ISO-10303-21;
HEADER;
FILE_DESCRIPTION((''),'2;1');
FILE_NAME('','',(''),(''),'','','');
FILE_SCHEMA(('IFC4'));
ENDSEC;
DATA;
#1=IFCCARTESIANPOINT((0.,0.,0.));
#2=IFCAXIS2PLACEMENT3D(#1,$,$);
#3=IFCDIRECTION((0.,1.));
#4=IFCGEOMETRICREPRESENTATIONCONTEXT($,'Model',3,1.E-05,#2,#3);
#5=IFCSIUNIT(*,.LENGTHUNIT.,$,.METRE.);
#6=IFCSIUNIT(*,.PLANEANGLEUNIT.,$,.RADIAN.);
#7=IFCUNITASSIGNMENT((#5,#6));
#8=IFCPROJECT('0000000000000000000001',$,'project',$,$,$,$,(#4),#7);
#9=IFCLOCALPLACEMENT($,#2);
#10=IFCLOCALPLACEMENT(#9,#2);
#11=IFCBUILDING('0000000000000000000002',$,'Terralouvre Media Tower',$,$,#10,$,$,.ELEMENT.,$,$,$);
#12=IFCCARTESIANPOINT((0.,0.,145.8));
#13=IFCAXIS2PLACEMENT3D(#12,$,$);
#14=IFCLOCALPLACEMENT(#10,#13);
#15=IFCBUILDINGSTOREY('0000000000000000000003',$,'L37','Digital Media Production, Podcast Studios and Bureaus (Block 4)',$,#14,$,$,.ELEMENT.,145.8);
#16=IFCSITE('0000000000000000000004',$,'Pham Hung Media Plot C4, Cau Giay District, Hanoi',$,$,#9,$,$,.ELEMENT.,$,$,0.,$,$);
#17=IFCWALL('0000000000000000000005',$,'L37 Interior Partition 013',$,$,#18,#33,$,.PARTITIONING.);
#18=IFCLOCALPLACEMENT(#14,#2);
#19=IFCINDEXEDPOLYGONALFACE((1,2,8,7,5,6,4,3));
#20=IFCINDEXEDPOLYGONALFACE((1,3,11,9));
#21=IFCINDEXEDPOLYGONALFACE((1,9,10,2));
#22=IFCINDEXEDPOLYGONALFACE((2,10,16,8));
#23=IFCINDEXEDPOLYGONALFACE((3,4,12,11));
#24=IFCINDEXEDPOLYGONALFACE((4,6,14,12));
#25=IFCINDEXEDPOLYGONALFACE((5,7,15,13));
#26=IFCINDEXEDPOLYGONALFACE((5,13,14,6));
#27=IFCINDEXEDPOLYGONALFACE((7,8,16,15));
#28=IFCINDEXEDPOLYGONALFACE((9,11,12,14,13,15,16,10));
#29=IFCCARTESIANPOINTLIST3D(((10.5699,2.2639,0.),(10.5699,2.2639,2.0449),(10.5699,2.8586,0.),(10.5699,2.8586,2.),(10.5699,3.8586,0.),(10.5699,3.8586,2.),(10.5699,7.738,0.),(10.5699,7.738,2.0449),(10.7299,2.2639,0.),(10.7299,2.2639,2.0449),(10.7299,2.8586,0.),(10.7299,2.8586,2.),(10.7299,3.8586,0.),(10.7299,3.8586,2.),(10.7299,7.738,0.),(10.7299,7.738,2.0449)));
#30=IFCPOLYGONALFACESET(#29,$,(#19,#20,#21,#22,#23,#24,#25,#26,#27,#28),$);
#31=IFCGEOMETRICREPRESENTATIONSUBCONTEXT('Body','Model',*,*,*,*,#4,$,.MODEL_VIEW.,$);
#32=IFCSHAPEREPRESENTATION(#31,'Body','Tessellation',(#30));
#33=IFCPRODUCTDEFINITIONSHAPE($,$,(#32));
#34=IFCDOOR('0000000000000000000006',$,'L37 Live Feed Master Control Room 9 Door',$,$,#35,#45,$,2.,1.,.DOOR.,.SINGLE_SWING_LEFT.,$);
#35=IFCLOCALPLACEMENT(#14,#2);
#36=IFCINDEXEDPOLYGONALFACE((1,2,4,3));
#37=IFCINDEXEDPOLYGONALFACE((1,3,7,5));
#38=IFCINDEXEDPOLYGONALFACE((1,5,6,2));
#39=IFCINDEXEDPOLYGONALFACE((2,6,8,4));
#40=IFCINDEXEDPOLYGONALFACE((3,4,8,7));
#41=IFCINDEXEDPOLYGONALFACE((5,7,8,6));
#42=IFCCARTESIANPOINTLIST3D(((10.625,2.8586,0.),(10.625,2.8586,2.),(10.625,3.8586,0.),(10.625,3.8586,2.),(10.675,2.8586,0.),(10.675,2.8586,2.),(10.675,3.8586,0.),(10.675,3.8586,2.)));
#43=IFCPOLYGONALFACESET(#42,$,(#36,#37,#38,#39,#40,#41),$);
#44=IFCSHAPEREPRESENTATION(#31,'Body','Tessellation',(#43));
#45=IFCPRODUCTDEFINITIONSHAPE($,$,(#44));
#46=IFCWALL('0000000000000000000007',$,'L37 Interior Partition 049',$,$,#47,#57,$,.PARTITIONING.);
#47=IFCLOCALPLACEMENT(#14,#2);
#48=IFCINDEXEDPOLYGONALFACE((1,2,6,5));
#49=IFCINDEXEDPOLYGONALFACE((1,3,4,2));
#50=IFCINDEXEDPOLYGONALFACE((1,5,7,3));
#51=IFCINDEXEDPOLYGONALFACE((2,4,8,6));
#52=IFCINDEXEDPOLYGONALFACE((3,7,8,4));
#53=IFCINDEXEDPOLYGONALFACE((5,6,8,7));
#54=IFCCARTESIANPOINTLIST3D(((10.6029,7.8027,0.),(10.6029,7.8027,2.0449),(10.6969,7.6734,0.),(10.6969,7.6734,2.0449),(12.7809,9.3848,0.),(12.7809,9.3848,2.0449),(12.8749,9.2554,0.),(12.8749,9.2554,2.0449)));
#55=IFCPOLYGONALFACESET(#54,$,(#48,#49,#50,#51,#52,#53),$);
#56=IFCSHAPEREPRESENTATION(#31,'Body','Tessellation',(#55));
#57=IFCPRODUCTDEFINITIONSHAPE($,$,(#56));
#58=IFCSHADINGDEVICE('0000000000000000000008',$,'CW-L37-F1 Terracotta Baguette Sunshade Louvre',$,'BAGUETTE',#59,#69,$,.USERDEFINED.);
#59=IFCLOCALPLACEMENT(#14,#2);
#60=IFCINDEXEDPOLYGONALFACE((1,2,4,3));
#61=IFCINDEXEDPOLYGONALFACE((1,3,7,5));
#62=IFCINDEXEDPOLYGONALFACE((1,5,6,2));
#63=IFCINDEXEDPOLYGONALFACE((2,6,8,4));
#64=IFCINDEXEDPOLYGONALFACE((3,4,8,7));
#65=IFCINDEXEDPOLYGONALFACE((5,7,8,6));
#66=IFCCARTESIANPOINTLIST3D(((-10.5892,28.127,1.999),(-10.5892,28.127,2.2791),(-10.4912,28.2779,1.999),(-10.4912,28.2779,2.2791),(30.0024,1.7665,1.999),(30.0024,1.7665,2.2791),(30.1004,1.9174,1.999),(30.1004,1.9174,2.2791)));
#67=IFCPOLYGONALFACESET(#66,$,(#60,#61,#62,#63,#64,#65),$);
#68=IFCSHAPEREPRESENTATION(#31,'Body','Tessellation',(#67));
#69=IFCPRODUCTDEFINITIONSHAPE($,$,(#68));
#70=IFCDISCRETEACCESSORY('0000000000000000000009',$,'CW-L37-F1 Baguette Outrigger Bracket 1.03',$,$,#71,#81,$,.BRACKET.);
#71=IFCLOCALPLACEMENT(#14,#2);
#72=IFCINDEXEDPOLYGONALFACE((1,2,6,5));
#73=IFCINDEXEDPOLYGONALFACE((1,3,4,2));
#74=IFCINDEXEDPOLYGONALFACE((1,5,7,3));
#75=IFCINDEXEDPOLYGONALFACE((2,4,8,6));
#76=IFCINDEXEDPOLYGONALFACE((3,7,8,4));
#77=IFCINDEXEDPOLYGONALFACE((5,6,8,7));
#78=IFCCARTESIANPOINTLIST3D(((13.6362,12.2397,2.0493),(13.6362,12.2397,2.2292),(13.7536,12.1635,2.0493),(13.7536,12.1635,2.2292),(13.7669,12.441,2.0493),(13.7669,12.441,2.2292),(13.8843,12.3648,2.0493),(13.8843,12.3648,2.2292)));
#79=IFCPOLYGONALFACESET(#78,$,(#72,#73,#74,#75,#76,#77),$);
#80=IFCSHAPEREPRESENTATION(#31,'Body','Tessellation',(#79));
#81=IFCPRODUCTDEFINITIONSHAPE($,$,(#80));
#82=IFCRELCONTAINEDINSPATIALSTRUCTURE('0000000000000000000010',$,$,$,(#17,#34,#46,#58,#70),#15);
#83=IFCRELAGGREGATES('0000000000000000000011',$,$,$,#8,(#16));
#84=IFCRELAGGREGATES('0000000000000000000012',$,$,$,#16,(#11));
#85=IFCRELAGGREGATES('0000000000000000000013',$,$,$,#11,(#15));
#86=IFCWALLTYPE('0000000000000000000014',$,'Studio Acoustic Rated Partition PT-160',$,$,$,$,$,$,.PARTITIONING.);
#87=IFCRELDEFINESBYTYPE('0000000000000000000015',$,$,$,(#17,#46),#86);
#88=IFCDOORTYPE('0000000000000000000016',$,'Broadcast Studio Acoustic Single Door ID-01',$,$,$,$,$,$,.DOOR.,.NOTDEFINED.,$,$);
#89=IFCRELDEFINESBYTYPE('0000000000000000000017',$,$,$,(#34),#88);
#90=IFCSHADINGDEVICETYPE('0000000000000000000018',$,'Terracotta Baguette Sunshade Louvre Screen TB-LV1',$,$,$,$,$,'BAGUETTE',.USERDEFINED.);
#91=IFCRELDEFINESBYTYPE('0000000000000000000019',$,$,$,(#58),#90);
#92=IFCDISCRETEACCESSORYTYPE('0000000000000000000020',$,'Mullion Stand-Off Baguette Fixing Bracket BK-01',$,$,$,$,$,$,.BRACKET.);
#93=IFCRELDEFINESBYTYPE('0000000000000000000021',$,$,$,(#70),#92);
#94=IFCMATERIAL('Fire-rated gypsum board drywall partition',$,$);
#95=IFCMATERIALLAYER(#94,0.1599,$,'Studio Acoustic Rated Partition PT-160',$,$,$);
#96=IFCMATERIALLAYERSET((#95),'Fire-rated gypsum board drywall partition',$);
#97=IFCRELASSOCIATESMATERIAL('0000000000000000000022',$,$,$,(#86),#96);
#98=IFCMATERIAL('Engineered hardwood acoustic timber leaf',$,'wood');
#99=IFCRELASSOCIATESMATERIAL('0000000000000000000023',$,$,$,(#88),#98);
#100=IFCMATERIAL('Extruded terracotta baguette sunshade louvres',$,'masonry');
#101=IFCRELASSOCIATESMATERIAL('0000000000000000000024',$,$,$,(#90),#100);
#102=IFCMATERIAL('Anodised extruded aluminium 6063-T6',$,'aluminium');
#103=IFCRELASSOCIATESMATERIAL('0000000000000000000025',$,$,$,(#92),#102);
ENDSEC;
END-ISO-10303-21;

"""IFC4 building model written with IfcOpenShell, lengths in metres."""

from ifc_helpers import new_model, si_unit, direction, frame, frame_2d, origin, origin_2d, place, context, subcontext, project, spatial, rectangle, extrude, material, layer, layer_set, type_object, element, fill, save


model = new_model("IFC4")

# Units and contexts
model_context = context("Model", 3, precision=1e-05, world=origin(), true_north=direction((0.0, 1.0)))
body_context = subcontext(model_context, "Body", "Model", "MODEL_VIEW")
ifc_project = project(units=[si_unit("LENGTHUNIT", "METRE"), si_unit("PLANEANGLEUNIT", "RADIAN")], contexts=[model_context])

# Site, building, storey
site_placement = place(None, origin())
site = spatial("IfcSite", under=ifc_project, at=site_placement, Name="Pham Hung Media Plot C4, Cau Giay District, Hanoi", CompositionType="ELEMENT", RefElevation=0.0)
building_placement = place(site_placement, origin())
building = spatial("IfcBuilding", under=site, at=building_placement, Name="Terralouvre Media Tower", CompositionType="ELEMENT")
storey_placement = place(building_placement, frame((0.0, 0.0, 145.8)))
storey = spatial("IfcBuildingStorey", under=building, at=storey_placement, Name="L37", Description="Digital Media Production, Podcast Studios and Bureaus (Block 4)", CompositionType="ELEMENT", Elevation=145.8)

# Wall, opening, door
ifc_material_1 = material(Name="Fire-rated gypsum board drywall partition")
ifc_layer_1 = layer(ifc_material_1, 0.1599, Name="Studio Acoustic Rated Partition PT-160")
ifc_layer_set_1 = layer_set([ifc_layer_1], Name="Fire-rated gypsum board drywall partition")
wall_type_1 = type_object("IfcWallType", Name="Studio Acoustic Rated Partition PT-160", PredefinedType="PARTITIONING", material=ifc_layer_set_1)
wall_1_placement = place(storey_placement, frame((10.6499, 2.2639, 0.0), z_axis=(0.0, 0.0, 1.0), x_axis=(0.0, 1.0, 0.0)))
wall_1 = element("IfcWall", 1, at=wall_1_placement, inside=storey, type_object=wall_type_1, Name="L37 Interior Partition 013", PredefinedType="PARTITIONING", context=body_context, shape_type="SweptSolid", body=[
    extrude(rectangle(XDim=5.4741, YDim=0.1599, at=frame_2d((2.7371, 0.0))), origin(), (0.0, 0.0, 1.0), 2.0449),
])
opening_1_placement = place(wall_1_placement, frame((0.5947, 0.0, 0.0)))
opening_1 = element("IfcOpeningElement", 2, at=opening_1_placement, cuts=wall_1, PredefinedType="OPENING", context=body_context, shape_type="SweptSolid", body=[
    extrude(rectangle(XDim=1.0, YDim=2.0, at=frame_2d((0.5, 1.0))), frame((0.0, 0.0898, 0.0), z_axis=(0.0, -1.0, 0.0), x_axis=(1.0, 0.0, 0.0)), (0.0, 0.0, 1.0), 0.1799),
])
ifc_material_2 = material(Name="Engineered hardwood acoustic timber leaf", Category="wood")
door_type_1 = type_object("IfcDoorType", Name="Broadcast Studio Acoustic Single Door ID-01", OperationType="NOTDEFINED", PredefinedType="DOOR", material=ifc_material_2)
door_1_placement = place(opening_1_placement, origin())
door_1 = element("IfcDoor", 3, at=door_1_placement, inside=storey, type_object=door_type_1, Name="L37 Live Feed Master Control Room 9 Door", OperationType="SINGLE_SWING_LEFT", OverallHeight=2.0, OverallWidth=1.0, PredefinedType="DOOR", context=body_context, shape_type="SweptSolid", body=[
    extrude(rectangle(XDim=1.0, YDim=2.0, at=frame_2d((0.5, 1.0))), frame((0.0, 0.0249, 0.0), z_axis=(0.0, -1.0, 0.0), x_axis=(1.0, 0.0, 0.0)), (0.0, 0.0, 1.0), 0.05),
])
fill(opening_1, door_1)

# Wall
wall_2_placement = place(storey_placement, frame((12.8279, 9.3201, 0.0), z_axis=(0.0, 0.0, 1.0), x_axis=(-0.809081, -0.587697, 0.0)))
element("IfcWall", 4, at=wall_2_placement, inside=storey, type_object=wall_type_1, Name="L37 Interior Partition 049", PredefinedType="PARTITIONING", context=body_context, shape_type="SweptSolid", body=[
    extrude(rectangle(XDim=2.6919, YDim=0.1599, at=frame_2d((1.3459, 0.0))), origin(), (0.0, 0.0, 1.0), 2.0449),
])

# Shading device
ifc_material_3 = material(Name="Extruded terracotta baguette sunshade louvres", Category="masonry")
shading_device_type = type_object("IfcShadingDeviceType", Name="Terracotta Baguette Sunshade Louvre Screen TB-LV1", ElementType="BAGUETTE", PredefinedType="USERDEFINED", material=ifc_material_3)
shading_device_placement = place(storey_placement, frame((9.7556, 15.0222, 1.999), z_axis=(0.0, 0.0, 1.0), x_axis=(-0.838671, 0.544639, 0.0)))
element("IfcShadingDevice", 5, at=shading_device_placement, inside=storey, type_object=shading_device_type, Name="CW-L37-F1 Terracotta Baguette Sunshade Louvre", ObjectType="BAGUETTE", PredefinedType="USERDEFINED", context=body_context, shape_type="SweptSolid", body=[
    extrude(rectangle(XDim=48.3999, YDim=0.1799, at=origin_2d()), origin(), (0.0, 0.0, 1.0), 0.28),
])

# Discrete accessory
ifc_material_4 = material(Name="Anodised extruded aluminium 6063-T6", Category="aluminium")
discrete_accessory_type = type_object("IfcDiscreteAccessoryType", Name="Mullion Stand-Off Baguette Fixing Bracket BK-01", PredefinedType="BRACKET", material=ifc_material_4)
discrete_accessory_placement = place(storey_placement, frame((13.7603, 12.3022, 2.0493), z_axis=(0.0, 0.0, 1.0), x_axis=(-0.838671, 0.544639, 0.0)))
element("IfcDiscreteAccessory", 6, at=discrete_accessory_placement, inside=storey, type_object=discrete_accessory_type, Name="CW-L37-F1 Baguette Outrigger Bracket 1.03", PredefinedType="BRACKET", context=body_context, shape_type="SweptSolid", body=[
    extrude(rectangle(XDim=0.1399, YDim=0.24, at=origin_2d()), origin(), (0.0, 0.0, 1.0), 0.1799),
])

save(model, "model.ifc")
